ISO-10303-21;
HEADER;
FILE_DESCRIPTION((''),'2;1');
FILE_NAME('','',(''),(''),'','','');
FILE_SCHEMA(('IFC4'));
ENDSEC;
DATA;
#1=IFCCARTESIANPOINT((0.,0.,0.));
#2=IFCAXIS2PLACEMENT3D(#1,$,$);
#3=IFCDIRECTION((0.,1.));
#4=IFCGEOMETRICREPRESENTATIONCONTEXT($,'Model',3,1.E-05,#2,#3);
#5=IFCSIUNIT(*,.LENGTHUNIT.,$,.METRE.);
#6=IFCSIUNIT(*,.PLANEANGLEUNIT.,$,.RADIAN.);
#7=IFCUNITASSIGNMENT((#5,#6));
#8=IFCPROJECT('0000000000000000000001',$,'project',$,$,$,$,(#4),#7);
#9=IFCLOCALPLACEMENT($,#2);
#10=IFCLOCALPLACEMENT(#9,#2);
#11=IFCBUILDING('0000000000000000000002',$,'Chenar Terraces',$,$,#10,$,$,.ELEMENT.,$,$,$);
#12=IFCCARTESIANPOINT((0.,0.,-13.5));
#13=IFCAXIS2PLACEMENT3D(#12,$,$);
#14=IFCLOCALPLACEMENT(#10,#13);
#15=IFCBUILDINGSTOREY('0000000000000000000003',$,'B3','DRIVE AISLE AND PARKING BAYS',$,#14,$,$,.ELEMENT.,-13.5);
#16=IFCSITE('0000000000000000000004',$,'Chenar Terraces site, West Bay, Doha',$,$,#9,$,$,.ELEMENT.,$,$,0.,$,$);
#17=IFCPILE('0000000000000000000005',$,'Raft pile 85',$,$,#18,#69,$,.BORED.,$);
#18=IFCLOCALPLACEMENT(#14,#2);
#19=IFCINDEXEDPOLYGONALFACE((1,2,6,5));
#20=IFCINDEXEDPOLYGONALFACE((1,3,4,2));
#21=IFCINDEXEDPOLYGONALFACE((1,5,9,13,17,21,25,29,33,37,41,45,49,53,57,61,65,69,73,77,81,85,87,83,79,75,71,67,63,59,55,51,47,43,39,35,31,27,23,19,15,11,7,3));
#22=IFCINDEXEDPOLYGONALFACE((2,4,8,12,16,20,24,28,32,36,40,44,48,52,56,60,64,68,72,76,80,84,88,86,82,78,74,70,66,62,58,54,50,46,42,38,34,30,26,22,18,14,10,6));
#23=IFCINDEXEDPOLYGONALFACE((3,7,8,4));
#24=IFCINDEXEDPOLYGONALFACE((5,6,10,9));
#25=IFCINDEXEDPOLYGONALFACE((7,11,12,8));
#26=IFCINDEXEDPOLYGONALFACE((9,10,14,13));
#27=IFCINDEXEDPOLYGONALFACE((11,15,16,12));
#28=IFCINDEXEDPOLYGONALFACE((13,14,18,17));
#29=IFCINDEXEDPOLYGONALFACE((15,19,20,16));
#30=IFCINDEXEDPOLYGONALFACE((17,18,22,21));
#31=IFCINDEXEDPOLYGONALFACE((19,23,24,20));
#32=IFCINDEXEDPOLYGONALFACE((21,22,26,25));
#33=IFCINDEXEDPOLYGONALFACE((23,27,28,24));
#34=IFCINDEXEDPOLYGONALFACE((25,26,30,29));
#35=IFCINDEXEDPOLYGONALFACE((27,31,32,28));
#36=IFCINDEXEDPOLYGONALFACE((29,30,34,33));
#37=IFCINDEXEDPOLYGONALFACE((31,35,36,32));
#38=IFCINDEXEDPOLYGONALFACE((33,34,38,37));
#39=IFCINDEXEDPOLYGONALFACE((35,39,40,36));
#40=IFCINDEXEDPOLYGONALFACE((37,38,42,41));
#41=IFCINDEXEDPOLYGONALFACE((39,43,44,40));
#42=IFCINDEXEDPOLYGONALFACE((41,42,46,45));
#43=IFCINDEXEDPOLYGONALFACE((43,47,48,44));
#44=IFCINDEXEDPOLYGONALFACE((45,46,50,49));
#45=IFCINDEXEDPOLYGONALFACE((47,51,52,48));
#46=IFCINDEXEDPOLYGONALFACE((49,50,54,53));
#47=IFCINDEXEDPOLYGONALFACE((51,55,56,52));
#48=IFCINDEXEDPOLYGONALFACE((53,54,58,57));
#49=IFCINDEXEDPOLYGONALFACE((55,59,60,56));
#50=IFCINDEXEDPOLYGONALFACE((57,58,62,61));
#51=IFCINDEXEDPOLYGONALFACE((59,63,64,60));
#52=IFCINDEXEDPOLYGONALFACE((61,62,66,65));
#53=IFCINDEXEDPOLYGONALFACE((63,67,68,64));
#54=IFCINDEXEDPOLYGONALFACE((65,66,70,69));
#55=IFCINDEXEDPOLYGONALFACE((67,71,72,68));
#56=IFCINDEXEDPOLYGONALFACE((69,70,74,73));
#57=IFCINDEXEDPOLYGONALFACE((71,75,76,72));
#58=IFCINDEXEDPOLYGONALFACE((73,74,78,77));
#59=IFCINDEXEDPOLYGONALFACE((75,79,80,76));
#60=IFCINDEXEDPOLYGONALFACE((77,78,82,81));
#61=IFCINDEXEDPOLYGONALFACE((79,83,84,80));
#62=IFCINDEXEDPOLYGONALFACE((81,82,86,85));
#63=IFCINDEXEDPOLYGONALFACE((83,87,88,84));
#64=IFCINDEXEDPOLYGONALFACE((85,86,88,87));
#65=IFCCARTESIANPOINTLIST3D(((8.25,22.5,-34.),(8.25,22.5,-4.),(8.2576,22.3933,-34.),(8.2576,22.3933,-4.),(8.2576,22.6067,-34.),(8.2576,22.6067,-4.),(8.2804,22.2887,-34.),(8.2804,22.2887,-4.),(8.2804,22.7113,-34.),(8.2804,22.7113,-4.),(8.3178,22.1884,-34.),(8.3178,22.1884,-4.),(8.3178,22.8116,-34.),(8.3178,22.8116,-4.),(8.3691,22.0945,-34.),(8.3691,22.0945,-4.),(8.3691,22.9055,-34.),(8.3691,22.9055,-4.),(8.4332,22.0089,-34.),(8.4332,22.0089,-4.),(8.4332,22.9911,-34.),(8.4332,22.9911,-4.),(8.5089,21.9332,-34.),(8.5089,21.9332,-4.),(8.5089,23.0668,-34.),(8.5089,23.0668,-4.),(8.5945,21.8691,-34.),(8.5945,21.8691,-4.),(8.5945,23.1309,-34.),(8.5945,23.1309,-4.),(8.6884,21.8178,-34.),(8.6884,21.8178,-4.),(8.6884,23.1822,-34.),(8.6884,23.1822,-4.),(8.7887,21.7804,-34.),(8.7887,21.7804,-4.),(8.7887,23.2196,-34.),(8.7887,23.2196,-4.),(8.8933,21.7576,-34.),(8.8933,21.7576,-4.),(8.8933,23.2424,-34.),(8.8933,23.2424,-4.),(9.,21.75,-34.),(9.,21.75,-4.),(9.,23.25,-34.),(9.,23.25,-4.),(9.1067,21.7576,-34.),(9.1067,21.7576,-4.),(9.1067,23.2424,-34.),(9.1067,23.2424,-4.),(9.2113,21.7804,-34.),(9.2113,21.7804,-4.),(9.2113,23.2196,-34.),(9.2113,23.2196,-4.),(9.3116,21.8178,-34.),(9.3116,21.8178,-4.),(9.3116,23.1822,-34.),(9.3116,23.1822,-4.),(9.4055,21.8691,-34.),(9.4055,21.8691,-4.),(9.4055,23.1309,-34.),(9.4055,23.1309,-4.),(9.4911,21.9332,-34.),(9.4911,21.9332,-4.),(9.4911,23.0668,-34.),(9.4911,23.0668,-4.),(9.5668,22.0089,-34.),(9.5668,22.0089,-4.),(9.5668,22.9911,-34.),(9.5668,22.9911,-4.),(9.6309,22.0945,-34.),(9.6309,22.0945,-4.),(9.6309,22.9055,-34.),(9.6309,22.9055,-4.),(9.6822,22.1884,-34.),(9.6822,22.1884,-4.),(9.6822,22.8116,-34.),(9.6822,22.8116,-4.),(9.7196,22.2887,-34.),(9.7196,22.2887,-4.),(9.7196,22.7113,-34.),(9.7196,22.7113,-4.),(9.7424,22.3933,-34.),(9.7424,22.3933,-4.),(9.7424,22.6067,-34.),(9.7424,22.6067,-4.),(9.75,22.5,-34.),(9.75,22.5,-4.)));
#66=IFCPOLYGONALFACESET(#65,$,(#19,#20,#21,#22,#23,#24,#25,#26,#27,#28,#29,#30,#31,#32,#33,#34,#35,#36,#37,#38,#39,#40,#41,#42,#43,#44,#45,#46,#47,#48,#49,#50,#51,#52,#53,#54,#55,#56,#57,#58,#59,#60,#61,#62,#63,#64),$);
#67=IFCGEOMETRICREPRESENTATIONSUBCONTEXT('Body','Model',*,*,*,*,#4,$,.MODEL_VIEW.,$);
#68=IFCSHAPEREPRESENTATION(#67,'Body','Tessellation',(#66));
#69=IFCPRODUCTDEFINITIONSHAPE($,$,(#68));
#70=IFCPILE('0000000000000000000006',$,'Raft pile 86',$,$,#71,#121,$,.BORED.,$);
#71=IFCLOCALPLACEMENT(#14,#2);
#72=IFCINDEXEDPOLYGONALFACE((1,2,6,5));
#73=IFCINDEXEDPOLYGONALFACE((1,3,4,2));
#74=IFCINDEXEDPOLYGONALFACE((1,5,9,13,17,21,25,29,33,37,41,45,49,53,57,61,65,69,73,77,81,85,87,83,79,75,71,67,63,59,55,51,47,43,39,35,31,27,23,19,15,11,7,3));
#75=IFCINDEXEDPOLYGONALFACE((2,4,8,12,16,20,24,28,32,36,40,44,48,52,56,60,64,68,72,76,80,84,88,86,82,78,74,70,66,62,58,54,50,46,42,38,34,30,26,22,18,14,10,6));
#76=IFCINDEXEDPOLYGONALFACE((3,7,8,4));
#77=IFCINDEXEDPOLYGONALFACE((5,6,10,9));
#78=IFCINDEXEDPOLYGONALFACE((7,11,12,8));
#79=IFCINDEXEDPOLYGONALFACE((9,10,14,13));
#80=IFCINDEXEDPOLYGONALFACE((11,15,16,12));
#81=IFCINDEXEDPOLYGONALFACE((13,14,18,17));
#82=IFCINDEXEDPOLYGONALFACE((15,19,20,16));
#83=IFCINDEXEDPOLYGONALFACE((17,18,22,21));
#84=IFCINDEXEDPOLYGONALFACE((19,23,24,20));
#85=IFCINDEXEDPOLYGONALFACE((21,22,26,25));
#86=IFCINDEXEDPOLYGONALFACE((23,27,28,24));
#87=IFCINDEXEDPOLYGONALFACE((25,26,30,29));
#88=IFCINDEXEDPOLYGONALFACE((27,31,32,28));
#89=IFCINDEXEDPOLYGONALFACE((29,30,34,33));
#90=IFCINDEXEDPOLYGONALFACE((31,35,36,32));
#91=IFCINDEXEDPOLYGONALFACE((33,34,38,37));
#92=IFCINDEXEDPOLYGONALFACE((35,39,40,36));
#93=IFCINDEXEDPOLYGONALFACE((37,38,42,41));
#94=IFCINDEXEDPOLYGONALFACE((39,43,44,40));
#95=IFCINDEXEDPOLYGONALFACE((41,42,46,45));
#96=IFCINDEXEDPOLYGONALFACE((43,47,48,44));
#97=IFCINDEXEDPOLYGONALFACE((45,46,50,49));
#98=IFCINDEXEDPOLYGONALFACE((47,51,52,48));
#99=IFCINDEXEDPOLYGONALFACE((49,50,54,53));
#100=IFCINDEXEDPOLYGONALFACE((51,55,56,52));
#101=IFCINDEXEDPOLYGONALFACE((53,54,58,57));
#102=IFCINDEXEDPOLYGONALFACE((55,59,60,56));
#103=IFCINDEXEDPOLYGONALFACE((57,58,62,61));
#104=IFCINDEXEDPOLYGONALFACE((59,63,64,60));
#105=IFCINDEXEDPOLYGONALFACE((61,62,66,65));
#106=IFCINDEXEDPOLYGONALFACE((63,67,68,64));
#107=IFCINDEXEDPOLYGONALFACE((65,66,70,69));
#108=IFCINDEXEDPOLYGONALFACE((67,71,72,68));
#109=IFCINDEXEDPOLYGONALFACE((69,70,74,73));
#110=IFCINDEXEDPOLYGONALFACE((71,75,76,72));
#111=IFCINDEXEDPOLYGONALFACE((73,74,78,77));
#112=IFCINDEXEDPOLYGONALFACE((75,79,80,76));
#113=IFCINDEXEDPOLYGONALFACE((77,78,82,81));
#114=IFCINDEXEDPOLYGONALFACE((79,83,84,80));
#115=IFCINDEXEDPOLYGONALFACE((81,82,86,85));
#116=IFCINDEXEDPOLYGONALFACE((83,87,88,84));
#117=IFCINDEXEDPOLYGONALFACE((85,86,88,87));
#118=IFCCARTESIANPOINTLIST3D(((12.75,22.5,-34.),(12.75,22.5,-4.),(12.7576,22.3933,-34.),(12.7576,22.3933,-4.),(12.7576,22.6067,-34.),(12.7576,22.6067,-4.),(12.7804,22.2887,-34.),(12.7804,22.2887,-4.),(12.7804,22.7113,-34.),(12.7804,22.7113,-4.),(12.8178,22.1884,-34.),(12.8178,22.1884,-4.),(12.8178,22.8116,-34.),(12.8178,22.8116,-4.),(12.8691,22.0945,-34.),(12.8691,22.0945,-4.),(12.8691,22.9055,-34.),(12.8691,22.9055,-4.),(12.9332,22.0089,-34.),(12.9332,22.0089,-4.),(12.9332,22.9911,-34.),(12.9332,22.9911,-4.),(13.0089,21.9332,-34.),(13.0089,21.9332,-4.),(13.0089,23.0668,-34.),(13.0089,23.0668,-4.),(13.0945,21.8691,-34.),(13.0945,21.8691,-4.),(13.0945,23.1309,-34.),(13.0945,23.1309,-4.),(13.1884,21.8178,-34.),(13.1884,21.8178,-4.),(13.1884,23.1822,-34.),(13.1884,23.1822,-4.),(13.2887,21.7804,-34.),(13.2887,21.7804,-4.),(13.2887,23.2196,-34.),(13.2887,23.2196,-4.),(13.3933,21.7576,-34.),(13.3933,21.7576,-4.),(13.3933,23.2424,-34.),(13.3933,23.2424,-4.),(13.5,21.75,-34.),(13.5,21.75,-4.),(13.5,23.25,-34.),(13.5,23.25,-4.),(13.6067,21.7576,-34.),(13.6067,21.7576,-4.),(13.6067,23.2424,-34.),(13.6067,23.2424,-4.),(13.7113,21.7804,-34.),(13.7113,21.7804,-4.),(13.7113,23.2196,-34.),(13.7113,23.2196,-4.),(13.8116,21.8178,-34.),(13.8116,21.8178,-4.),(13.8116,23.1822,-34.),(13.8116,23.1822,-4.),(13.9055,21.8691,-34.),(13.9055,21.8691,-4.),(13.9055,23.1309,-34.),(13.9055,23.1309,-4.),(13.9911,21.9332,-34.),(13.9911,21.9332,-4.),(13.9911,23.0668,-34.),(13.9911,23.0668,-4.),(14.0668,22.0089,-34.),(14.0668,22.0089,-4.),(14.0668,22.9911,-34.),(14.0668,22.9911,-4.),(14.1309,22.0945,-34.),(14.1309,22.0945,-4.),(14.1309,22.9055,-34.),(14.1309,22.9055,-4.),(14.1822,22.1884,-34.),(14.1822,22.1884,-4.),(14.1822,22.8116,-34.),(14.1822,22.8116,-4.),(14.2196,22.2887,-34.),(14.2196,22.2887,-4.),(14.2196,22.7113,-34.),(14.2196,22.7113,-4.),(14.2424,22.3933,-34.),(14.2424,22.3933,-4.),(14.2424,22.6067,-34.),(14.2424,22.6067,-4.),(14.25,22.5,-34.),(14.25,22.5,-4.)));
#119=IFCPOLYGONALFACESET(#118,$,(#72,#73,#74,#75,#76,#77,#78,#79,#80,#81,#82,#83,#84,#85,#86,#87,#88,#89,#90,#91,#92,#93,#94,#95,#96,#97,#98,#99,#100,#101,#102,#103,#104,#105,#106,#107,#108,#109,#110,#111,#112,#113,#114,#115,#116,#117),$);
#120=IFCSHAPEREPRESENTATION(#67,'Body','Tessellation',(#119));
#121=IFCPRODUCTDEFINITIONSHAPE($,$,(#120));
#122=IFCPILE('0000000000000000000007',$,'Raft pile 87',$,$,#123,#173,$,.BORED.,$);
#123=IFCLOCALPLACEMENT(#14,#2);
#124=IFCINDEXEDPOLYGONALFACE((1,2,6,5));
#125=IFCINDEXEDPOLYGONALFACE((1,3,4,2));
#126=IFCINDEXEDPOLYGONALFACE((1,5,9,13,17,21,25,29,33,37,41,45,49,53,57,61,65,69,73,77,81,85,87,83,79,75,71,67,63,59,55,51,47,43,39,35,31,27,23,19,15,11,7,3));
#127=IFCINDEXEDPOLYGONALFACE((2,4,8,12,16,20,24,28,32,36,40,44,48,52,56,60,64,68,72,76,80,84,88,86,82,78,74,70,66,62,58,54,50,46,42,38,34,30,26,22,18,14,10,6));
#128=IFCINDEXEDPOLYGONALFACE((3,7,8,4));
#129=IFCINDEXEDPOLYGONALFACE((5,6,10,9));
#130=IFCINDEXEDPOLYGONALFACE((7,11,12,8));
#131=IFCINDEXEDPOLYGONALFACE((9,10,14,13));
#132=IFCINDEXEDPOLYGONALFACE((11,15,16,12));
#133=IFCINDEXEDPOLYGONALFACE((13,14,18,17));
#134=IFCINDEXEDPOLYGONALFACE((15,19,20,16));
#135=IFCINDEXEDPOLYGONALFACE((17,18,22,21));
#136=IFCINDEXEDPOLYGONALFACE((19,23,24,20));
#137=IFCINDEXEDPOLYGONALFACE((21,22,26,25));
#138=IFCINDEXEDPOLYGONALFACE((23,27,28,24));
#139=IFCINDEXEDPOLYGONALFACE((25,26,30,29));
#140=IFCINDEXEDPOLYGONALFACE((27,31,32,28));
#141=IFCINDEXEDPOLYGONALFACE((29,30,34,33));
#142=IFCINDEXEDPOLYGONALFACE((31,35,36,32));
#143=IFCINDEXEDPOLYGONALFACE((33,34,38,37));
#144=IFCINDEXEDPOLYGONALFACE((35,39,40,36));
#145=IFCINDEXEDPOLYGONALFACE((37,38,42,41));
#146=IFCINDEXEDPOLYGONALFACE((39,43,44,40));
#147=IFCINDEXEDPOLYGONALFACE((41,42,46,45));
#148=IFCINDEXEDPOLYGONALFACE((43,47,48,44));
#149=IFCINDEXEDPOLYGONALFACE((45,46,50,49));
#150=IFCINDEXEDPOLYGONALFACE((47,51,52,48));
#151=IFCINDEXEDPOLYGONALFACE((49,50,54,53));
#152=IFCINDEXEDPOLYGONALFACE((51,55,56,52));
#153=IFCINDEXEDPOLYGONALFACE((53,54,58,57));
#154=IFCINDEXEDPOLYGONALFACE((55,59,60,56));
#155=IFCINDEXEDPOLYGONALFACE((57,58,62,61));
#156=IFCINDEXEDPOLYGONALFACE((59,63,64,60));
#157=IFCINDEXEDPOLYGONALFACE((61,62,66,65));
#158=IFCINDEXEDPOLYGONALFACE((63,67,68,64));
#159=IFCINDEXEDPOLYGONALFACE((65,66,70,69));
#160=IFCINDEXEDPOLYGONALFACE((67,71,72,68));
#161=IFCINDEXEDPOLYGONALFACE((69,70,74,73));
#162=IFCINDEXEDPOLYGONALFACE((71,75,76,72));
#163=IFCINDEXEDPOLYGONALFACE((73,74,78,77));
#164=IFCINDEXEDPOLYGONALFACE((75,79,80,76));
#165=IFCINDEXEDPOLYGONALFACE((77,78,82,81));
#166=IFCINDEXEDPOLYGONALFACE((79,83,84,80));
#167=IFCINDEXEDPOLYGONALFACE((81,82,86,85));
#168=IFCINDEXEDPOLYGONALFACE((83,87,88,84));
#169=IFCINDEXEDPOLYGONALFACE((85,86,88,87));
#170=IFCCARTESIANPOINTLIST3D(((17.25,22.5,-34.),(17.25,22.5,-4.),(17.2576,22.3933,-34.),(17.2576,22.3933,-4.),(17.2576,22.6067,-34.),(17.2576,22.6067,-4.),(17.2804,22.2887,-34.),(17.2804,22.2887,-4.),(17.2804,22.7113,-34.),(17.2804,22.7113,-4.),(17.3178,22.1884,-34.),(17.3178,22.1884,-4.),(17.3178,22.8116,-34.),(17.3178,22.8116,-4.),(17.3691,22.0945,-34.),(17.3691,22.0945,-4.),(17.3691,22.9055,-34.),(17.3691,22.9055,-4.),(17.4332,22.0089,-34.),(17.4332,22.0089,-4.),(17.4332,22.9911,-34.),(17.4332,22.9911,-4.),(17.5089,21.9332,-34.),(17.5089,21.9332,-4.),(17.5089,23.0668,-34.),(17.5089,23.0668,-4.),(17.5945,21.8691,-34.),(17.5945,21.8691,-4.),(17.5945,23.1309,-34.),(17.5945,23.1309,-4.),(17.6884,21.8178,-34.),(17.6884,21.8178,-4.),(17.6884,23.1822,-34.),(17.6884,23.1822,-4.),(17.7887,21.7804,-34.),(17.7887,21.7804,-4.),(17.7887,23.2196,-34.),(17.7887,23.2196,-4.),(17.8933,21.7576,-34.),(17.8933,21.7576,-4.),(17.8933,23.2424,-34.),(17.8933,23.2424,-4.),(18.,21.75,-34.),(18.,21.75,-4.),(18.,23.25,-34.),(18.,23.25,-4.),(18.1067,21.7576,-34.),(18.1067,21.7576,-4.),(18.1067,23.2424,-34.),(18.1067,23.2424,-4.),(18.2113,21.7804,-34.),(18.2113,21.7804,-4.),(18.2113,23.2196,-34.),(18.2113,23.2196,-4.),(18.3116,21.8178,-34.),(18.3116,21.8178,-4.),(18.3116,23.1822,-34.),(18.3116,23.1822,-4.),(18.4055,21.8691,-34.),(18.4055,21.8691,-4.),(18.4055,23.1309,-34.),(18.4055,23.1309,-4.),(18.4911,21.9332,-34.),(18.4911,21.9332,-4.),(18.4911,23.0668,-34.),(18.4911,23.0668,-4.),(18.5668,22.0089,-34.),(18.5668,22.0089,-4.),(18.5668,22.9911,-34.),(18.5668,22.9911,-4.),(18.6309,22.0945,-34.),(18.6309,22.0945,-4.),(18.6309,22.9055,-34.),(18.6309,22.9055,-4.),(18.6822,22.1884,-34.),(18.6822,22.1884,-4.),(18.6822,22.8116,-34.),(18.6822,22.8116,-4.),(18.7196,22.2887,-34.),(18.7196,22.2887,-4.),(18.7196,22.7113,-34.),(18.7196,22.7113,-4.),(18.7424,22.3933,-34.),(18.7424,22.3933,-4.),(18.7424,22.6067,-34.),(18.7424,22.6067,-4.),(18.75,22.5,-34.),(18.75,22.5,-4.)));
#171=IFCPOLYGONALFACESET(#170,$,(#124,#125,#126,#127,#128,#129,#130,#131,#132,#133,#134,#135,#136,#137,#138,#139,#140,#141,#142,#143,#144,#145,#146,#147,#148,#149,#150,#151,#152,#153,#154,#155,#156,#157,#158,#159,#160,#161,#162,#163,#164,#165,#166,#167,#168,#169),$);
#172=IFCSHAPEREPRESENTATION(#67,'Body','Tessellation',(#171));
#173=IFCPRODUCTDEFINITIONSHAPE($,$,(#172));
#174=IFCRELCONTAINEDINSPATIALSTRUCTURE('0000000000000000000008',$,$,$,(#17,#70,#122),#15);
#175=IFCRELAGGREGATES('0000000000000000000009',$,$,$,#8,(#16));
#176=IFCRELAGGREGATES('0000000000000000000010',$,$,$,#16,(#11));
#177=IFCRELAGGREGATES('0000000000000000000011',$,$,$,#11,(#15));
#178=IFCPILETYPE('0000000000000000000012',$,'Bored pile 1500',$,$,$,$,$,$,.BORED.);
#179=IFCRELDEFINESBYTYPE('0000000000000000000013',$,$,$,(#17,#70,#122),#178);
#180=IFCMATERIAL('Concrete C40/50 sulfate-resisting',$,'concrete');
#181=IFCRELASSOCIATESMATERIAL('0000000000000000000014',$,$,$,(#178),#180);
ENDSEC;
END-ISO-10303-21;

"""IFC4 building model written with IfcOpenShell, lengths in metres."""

from ifc_helpers import new_model, si_unit, direction, frame, origin, origin_2d, place, context, subcontext, project, spatial, circle, extrude, material, material_profile, profile_set, type_object, element, save


model = new_model("IFC4")

# Units and contexts
model_context = context("Model", 3, precision=1e-05, world=origin(), true_north=direction((0.0, 1.0)))
body_context = subcontext(model_context, "Body", "Model", "MODEL_VIEW")
ifc_project = project(units=[si_unit("LENGTHUNIT", "METRE"), si_unit("PLANEANGLEUNIT", "RADIAN")], contexts=[model_context])

# Site, building, storey
site_placement = place(None, origin())
site = spatial("IfcSite", under=ifc_project, at=site_placement, Name="Chenar Terraces site, West Bay, Doha", CompositionType="ELEMENT", RefElevation=0.0)
building_placement = place(site_placement, origin())
building = spatial("IfcBuilding", under=site, at=building_placement, Name="Chenar Terraces", CompositionType="ELEMENT")
storey_placement = place(building_placement, frame((0.0, 0.0, -13.5)))
storey = spatial("IfcBuildingStorey", under=building, at=storey_placement, Name="B3", Description="DRIVE AISLE AND PARKING BAYS", CompositionType="ELEMENT", Elevation=-13.5)

# Piles
ifc_material_1 = material(Name="Concrete C40/50 sulfate-resisting", Category="concrete")
ifc_material_profile_1 = material_profile(ifc_material_1, circle(Radius=0.75, at=origin_2d()), Name="BP 1500")
ifc_profile_set_1 = profile_set([ifc_material_profile_1], Name="Concrete C40/50 sulfate-resisting")
pile_type = type_object("IfcPileType", Name="Bored pile 1500", PredefinedType="BORED", material=ifc_profile_set_1)
for number, where, z_axis, x_axis, name in (
    (1, (9.0, 22.5, -4.0), (0.0, 0.0, -1.0), (1.0, 0.0, 0.0), "Raft pile 85"),
    (2, (13.5, 22.5, -4.0), (0.0, 0.0, -1.0), (1.0, 0.0, 0.0), "Raft pile 86"),
    (3, (18.0, 22.5, -4.0), (0.0, 0.0, -1.0), (1.0, 0.0, 0.0), "Raft pile 87"),
):
    element("IfcPile", number, at=place(storey_placement, frame(where, z_axis=z_axis, x_axis=x_axis)), inside=storey, type_object=pile_type, Name=name, PredefinedType="BORED", context=body_context, shape_type="SweptSolid", body=[
        extrude(circle(Radius=0.75, at=origin_2d()), origin(), (0.0, 0.0, 1.0), 30.0),
    ])

save(model, "model.ifc")
